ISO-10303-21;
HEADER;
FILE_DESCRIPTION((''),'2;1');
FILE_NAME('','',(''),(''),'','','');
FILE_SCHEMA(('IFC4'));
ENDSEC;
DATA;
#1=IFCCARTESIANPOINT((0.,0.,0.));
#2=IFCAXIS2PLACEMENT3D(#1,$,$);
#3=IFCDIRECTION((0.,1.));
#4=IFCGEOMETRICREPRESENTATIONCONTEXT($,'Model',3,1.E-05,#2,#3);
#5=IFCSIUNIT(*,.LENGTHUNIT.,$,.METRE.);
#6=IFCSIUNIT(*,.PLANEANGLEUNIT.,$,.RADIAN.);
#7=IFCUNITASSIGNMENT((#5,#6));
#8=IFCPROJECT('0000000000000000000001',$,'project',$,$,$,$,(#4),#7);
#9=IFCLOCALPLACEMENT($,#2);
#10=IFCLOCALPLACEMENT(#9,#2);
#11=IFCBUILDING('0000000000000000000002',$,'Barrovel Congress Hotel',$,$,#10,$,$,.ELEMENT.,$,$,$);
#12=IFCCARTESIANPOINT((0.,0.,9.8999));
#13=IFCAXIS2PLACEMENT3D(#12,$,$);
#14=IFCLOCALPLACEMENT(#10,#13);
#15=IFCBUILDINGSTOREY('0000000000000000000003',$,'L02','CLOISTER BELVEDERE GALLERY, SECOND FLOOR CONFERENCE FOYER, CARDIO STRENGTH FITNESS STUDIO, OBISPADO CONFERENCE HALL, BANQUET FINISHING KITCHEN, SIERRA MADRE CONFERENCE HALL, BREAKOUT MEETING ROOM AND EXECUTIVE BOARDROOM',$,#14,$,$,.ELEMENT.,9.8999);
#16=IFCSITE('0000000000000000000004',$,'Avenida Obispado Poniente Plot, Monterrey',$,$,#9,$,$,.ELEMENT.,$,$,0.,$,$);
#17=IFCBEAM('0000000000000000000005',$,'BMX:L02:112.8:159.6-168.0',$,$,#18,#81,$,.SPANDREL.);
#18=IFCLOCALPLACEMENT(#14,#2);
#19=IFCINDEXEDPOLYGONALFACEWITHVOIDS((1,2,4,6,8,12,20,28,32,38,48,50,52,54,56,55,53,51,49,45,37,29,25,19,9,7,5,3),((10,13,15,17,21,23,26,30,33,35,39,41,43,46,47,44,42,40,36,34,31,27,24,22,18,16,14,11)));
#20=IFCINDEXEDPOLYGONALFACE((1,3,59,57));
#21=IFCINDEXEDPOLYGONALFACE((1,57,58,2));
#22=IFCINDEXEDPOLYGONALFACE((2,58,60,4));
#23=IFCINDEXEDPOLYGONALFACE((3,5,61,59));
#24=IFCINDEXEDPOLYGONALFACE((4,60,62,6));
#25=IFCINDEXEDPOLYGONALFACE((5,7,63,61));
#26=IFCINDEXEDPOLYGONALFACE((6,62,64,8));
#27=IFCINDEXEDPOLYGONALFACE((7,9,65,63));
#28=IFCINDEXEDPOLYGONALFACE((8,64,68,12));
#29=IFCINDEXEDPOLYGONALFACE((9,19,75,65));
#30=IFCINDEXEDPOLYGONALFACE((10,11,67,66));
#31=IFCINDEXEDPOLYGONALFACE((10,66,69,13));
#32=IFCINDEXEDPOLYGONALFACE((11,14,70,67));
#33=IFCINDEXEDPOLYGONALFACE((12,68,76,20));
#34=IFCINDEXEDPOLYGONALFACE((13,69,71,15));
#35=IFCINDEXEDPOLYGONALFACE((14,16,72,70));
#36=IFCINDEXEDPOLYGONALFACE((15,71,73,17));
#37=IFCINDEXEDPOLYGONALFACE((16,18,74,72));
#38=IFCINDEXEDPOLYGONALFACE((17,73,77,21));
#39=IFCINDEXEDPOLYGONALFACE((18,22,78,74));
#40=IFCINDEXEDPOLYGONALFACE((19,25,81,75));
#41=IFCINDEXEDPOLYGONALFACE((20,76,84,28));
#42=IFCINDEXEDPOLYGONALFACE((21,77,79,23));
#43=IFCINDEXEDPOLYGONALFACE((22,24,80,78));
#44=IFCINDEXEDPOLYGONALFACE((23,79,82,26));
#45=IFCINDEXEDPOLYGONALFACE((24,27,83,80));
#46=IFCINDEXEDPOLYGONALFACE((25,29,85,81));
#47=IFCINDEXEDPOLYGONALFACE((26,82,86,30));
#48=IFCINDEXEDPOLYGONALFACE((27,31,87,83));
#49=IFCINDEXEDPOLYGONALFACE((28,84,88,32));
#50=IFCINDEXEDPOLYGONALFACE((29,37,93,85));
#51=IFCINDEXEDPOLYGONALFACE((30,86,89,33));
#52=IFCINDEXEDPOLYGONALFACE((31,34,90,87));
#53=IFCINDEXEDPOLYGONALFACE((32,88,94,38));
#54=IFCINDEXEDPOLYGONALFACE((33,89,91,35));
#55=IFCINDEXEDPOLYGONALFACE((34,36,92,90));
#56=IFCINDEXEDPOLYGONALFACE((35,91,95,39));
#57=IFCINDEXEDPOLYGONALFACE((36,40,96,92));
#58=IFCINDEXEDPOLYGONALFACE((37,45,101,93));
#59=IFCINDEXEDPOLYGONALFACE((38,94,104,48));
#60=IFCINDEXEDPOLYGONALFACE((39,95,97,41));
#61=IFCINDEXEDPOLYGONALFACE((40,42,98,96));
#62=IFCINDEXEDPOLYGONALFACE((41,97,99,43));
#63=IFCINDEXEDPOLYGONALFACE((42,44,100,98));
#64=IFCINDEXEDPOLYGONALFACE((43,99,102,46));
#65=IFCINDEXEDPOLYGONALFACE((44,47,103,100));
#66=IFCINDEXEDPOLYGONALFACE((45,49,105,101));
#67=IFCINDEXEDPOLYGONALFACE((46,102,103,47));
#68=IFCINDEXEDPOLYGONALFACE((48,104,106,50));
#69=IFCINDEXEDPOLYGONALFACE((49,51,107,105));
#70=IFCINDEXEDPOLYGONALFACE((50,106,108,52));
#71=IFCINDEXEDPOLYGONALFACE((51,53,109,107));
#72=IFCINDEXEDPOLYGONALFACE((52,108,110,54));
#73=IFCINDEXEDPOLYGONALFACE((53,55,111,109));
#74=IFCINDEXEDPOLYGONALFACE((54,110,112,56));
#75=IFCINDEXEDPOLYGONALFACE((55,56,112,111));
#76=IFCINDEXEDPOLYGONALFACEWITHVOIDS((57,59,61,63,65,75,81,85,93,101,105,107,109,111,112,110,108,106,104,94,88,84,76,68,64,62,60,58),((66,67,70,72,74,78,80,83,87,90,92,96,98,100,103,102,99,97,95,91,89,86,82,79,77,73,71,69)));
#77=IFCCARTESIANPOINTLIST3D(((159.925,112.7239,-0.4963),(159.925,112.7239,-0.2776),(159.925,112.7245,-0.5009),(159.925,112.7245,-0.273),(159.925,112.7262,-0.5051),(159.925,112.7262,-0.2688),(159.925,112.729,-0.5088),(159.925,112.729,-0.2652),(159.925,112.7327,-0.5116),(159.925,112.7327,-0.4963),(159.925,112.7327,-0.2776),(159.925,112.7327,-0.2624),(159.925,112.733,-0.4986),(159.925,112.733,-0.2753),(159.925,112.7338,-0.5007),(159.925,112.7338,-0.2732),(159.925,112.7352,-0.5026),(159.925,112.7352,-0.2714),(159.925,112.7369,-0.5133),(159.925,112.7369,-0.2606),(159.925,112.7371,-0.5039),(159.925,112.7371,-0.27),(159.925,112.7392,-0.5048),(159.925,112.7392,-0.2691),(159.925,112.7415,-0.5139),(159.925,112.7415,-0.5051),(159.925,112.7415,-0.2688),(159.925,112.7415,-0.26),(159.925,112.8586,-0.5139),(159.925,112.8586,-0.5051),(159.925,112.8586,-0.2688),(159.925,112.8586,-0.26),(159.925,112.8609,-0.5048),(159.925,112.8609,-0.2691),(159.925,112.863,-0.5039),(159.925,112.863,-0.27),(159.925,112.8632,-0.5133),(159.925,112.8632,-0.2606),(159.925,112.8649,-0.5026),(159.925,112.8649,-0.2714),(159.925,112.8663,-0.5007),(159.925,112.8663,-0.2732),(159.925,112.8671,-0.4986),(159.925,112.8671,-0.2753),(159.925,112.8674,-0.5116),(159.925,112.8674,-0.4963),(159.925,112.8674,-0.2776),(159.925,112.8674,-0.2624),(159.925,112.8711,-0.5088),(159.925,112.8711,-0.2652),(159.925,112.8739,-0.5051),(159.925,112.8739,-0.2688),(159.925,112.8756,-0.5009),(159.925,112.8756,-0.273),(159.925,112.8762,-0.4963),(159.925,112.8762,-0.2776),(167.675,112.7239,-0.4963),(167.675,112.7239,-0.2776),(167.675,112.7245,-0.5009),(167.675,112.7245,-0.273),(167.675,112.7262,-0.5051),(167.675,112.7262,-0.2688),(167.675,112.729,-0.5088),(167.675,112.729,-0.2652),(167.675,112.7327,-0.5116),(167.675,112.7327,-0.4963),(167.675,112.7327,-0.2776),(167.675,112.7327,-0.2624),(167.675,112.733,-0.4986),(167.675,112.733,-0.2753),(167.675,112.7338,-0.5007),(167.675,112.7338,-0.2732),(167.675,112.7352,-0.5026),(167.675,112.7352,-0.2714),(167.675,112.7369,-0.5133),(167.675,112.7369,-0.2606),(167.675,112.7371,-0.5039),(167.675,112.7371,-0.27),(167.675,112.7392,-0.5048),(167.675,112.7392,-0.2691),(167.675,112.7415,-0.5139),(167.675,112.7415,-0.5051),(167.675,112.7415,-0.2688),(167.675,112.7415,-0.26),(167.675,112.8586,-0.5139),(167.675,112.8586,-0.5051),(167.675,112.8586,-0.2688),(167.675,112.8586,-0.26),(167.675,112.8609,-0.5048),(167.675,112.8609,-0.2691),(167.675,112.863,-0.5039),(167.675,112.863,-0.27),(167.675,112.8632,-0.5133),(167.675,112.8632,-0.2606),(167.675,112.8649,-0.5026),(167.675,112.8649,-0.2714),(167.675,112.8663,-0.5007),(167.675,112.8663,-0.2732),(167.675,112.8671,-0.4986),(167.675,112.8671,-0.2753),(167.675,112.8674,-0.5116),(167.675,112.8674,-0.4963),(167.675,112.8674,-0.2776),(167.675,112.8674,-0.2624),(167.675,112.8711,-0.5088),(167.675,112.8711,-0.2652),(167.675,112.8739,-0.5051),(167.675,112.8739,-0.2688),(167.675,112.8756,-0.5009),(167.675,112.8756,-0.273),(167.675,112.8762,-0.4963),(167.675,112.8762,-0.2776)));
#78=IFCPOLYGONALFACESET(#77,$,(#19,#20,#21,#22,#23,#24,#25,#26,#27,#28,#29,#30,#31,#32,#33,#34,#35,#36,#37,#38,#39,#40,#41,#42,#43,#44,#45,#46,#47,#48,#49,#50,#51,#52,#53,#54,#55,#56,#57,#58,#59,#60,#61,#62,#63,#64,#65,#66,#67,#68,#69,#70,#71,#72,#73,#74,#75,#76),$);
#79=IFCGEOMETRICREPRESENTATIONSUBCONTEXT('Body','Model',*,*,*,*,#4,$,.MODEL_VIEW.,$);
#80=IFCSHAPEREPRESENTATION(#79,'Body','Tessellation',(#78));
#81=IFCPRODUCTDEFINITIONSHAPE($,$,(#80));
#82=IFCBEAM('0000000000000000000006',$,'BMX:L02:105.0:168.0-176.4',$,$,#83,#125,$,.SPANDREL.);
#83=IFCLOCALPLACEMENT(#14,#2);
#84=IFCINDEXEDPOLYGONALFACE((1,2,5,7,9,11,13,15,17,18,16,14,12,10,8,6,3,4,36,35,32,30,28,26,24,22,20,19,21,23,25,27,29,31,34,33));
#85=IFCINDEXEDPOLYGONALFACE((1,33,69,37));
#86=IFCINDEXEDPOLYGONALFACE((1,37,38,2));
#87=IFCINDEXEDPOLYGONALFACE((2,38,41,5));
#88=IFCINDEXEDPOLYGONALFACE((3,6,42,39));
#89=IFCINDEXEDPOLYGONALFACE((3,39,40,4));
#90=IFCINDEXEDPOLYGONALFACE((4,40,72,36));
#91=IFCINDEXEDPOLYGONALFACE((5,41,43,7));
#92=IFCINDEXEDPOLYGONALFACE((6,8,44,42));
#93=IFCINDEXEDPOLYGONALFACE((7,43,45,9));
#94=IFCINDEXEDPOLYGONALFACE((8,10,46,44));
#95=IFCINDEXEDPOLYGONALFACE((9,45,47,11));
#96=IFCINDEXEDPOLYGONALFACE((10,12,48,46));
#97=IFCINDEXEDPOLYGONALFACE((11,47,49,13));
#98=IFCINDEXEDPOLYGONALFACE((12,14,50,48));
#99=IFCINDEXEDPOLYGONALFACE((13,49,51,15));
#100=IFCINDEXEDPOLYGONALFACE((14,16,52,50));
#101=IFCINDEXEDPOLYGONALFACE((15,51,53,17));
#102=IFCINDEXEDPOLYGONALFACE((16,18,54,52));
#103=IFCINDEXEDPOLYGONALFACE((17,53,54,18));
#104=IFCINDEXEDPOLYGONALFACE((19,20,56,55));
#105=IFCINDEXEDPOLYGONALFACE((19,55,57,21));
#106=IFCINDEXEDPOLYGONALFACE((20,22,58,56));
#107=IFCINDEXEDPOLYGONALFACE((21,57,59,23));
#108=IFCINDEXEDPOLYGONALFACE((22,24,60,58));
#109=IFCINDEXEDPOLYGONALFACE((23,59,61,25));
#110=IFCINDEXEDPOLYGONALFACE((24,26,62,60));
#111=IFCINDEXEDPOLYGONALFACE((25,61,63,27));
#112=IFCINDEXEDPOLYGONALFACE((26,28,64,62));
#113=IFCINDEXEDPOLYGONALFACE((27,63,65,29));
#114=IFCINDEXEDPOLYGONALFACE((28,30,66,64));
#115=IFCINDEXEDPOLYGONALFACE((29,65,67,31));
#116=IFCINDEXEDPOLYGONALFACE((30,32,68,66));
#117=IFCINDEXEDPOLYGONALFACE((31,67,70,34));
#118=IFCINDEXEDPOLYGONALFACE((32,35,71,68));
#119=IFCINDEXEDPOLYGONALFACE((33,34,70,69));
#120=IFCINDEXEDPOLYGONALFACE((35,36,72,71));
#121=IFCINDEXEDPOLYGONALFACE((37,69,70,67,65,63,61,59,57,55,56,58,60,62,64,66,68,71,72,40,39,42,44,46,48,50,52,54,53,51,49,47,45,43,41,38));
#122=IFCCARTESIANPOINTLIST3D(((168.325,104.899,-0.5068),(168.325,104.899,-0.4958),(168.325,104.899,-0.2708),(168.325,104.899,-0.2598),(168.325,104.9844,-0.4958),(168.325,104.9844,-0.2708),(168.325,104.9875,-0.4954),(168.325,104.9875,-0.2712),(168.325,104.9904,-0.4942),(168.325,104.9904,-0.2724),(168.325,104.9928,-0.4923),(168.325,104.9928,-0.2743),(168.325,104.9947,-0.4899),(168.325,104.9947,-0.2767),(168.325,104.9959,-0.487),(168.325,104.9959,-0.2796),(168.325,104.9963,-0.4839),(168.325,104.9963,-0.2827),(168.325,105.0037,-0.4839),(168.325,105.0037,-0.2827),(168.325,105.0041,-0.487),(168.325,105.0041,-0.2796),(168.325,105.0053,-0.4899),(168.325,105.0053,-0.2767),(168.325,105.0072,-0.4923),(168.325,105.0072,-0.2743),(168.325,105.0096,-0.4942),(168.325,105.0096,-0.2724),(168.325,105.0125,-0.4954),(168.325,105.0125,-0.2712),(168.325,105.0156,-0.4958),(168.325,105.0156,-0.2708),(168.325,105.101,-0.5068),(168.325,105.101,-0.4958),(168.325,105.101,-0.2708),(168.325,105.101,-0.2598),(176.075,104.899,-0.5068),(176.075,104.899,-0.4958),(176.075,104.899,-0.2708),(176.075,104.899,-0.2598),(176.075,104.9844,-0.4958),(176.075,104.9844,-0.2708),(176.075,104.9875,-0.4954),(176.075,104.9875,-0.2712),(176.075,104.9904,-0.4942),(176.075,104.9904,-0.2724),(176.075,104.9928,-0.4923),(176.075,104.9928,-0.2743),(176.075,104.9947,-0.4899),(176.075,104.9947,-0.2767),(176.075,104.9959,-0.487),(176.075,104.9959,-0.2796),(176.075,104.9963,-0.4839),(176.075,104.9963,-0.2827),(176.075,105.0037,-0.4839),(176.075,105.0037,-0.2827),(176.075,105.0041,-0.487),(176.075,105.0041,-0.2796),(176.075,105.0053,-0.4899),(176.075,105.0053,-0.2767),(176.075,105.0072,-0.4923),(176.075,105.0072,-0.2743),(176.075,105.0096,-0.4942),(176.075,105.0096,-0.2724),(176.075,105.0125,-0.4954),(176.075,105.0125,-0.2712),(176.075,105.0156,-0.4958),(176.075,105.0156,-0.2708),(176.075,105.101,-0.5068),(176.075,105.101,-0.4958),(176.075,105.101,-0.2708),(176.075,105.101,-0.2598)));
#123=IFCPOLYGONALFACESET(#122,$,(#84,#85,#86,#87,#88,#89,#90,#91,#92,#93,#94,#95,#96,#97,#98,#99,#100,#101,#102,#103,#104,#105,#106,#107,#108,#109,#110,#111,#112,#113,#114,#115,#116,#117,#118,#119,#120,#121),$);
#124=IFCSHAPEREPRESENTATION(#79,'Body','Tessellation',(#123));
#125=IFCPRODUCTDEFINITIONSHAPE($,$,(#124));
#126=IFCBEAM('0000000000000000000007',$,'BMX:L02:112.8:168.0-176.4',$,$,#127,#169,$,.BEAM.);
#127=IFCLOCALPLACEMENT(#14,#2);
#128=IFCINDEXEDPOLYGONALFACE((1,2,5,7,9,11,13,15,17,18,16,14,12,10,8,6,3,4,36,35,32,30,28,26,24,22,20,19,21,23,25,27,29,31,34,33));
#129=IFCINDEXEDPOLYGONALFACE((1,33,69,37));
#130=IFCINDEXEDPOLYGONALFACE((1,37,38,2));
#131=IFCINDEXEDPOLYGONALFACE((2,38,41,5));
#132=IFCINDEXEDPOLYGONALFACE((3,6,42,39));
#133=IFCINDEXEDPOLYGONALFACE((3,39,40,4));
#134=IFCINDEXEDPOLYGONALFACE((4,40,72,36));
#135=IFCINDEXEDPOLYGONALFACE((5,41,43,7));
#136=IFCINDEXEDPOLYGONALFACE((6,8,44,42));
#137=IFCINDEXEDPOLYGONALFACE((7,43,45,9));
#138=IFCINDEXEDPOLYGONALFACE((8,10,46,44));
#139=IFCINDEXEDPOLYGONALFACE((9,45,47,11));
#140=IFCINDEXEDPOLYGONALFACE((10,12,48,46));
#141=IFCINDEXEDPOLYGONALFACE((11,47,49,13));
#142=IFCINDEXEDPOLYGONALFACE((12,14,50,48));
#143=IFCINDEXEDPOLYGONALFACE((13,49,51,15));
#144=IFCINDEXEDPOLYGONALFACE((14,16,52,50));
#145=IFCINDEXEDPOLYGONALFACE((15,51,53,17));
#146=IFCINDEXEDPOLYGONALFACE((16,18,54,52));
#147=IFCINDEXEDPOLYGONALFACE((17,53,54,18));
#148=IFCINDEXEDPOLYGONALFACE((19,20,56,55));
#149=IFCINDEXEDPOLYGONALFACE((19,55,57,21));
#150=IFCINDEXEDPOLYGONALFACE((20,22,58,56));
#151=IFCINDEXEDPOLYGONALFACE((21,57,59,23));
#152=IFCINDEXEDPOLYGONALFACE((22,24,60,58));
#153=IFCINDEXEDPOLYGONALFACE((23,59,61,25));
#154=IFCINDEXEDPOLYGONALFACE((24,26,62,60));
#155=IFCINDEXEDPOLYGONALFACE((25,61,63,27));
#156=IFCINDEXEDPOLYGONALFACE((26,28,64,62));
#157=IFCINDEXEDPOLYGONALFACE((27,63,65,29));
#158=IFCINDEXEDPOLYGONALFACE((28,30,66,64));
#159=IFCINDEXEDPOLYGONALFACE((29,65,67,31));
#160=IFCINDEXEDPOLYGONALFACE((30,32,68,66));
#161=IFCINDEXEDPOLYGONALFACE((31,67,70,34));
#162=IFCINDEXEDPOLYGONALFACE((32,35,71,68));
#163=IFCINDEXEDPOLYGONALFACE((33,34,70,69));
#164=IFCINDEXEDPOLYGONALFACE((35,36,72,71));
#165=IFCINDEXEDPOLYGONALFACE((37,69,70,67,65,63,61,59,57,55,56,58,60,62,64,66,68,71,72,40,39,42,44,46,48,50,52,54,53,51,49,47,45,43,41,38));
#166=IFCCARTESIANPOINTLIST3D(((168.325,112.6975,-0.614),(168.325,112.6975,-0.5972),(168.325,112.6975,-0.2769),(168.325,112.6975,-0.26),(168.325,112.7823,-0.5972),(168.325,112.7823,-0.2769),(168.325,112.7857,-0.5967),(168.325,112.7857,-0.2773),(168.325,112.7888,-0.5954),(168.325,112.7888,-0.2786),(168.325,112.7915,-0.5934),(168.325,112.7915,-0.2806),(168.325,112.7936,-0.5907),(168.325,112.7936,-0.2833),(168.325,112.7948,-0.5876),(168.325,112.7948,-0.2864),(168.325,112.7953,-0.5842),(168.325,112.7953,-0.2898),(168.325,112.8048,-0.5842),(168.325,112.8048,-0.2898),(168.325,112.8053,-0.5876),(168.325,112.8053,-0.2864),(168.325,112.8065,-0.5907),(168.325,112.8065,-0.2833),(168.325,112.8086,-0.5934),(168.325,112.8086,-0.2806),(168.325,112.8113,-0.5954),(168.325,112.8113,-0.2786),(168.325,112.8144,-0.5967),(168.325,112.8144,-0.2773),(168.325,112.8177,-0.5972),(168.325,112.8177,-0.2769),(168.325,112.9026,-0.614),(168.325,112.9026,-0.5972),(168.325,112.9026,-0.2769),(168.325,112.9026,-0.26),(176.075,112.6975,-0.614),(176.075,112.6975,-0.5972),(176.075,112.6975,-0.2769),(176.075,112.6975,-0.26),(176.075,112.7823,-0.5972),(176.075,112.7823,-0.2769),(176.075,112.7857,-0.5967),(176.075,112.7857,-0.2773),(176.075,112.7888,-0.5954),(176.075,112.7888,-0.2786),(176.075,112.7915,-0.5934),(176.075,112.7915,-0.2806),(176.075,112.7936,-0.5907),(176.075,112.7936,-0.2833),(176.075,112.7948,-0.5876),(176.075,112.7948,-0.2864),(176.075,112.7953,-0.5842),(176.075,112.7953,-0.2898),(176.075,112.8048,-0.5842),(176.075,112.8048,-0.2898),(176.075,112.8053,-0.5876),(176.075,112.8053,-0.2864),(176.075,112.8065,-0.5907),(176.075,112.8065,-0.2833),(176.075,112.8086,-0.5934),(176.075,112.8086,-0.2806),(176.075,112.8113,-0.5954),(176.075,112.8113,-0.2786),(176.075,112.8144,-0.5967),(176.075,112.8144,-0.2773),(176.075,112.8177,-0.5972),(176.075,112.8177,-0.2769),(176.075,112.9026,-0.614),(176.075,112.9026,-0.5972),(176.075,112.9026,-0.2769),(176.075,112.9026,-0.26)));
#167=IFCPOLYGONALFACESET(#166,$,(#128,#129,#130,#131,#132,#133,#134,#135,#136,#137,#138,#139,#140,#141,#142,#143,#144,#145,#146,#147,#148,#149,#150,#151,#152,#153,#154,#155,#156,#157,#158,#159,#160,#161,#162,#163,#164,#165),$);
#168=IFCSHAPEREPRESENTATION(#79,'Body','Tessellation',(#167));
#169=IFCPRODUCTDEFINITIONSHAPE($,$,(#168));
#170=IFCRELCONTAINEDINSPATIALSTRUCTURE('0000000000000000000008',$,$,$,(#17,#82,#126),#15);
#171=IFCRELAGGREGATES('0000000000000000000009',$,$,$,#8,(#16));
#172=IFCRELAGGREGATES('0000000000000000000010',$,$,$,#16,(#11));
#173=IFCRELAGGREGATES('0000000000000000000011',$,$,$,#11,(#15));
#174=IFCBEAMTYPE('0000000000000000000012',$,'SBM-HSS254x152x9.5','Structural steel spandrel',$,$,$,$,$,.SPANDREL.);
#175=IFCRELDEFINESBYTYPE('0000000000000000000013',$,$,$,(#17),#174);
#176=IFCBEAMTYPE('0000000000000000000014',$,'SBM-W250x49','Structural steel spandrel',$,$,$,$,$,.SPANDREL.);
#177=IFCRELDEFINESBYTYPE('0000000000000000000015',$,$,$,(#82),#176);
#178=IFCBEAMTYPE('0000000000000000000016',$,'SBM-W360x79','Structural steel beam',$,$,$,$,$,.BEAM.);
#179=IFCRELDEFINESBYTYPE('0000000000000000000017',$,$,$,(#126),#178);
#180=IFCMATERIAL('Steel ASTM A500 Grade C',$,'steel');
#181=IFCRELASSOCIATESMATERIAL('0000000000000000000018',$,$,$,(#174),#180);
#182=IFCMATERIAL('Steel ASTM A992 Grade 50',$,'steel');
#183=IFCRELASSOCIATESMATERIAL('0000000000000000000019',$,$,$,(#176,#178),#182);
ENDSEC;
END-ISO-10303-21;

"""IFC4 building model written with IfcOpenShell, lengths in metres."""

from ifc_helpers import new_model, si_unit, direction, frame, origin, origin_2d, place, context, subcontext, project, spatial, hollow_rectangle, i_section, extrude, material, material_profile, profile_set, type_object, element, save


model = new_model("IFC4")

# Units and contexts
model_context = context("Model", 3, precision=1e-05, world=origin(), true_north=direction((0.0, 1.0)))
body_context = subcontext(model_context, "Body", "Model", "MODEL_VIEW")
ifc_project = project(units=[si_unit("LENGTHUNIT", "METRE"), si_unit("PLANEANGLEUNIT", "RADIAN")], contexts=[model_context])

# Site, building, storey
site_placement = place(None, origin())
site = spatial("IfcSite", under=ifc_project, at=site_placement, Name="Avenida Obispado Poniente Plot, Monterrey", CompositionType="ELEMENT", RefElevation=0.0)
building_placement = place(site_placement, origin())
building = spatial("IfcBuilding", under=site, at=building_placement, Name="Barrovel Congress Hotel", CompositionType="ELEMENT")
storey_placement = place(building_placement, frame((0.0, 0.0, 9.8999)))
storey = spatial("IfcBuildingStorey", under=building, at=storey_placement, Name="L02", Description="CLOISTER BELVEDERE GALLERY, SECOND FLOOR CONFERENCE FOYER, CARDIO STRENGTH FITNESS STUDIO, OBISPADO CONFERENCE HALL, BANQUET FINISHING KITCHEN, SIERRA MADRE CONFERENCE HALL, BREAKOUT MEETING ROOM AND EXECUTIVE BOARDROOM", CompositionType="ELEMENT", Elevation=9.8999)

# Beams
ifc_material_1 = material(Name="Steel ASTM A500 Grade C", Category="steel")
ifc_material_profile_1 = material_profile(ifc_material_1, hollow_rectangle(XDim=0.1523, YDim=0.2539, WallThickness=0.0088, InnerFilletRadius=0.0088, OuterFilletRadius=0.0176, at=origin_2d()), Name="HSS254x152x9.5")
ifc_profile_set_1 = profile_set([ifc_material_profile_1], Name="Steel ASTM A500 Grade C")
beam_type_1 = type_object("IfcBeamType", Name="SBM-HSS254x152x9.5", Description="Structural steel spandrel", PredefinedType="SPANDREL", material=ifc_profile_set_1)
beam_1_placement = place(storey_placement, frame((159.925, 112.8, -0.387), z_axis=(1.0, 0.0, 0.0), x_axis=(0.0, 1.0, 0.0)))
element("IfcBeam", 1, at=beam_1_placement, inside=storey, type_object=beam_type_1, Name="BMX:L02:112.8:159.6-168.0", PredefinedType="SPANDREL", context=body_context, shape_type="SweptSolid", body=[
    extrude(hollow_rectangle(XDim=0.1523, YDim=0.2539, WallThickness=0.0088, InnerFilletRadius=0.0088, OuterFilletRadius=0.0176, at=origin_2d()), origin(), (0.0, 0.0, 1.0), 7.75),
])
ifc_material_2 = material(Name="Steel ASTM A992 Grade 50", Category="steel")
ifc_material_profile_2 = material_profile(ifc_material_2, i_section(OverallWidth=0.2019, OverallDepth=0.2471, WebThickness=0.0073, FlangeThickness=0.011, FilletRadius=0.012, at=origin_2d()), Name="W250x49")
ifc_profile_set_2 = profile_set([ifc_material_profile_2], Name="Steel ASTM A992 Grade 50")
beam_type_2 = type_object("IfcBeamType", Name="SBM-W250x49", Description="Structural steel spandrel", PredefinedType="SPANDREL", material=ifc_profile_set_2)
beam_2_placement = place(storey_placement, frame((168.325, 105.0, -0.3833), z_axis=(1.0, 0.0, 0.0), x_axis=(0.0, 1.0, 0.0)))
element("IfcBeam", 2, at=beam_2_placement, inside=storey, type_object=beam_type_2, Name="BMX:L02:105.0:168.0-176.4", PredefinedType="SPANDREL", context=body_context, shape_type="SweptSolid", body=[
    extrude(i_section(OverallWidth=0.2019, OverallDepth=0.2471, WebThickness=0.0073, FlangeThickness=0.011, FilletRadius=0.012, at=origin_2d()), origin(), (0.0, 0.0, 1.0), 7.75),
])
ifc_material_profile_3 = material_profile(ifc_material_2, i_section(OverallWidth=0.2051, OverallDepth=0.354, WebThickness=0.0095, FlangeThickness=0.0168, FilletRadius=0.0129, at=origin_2d()), Name="W360x79")
ifc_profile_set_3 = profile_set([ifc_material_profile_3], Name="Steel ASTM A992 Grade 50")
beam_type_3 = type_object("IfcBeamType", Name="SBM-W360x79", Description="Structural steel beam", PredefinedType="BEAM", material=ifc_profile_set_3)
beam_3_placement = place(storey_placement, frame((168.325, 112.8, -0.437), z_axis=(1.0, 0.0, 0.0), x_axis=(0.0, 1.0, 0.0)))
element("IfcBeam", 3, at=beam_3_placement, inside=storey, type_object=beam_type_3, Name="BMX:L02:112.8:168.0-176.4", PredefinedType="BEAM", context=body_context, shape_type="SweptSolid", body=[
    extrude(i_section(OverallWidth=0.2051, OverallDepth=0.354, WebThickness=0.0095, FlangeThickness=0.0168, FilletRadius=0.0129, at=origin_2d()), origin(), (0.0, 0.0, 1.0), 7.75),
])

save(model, "model.ifc")
